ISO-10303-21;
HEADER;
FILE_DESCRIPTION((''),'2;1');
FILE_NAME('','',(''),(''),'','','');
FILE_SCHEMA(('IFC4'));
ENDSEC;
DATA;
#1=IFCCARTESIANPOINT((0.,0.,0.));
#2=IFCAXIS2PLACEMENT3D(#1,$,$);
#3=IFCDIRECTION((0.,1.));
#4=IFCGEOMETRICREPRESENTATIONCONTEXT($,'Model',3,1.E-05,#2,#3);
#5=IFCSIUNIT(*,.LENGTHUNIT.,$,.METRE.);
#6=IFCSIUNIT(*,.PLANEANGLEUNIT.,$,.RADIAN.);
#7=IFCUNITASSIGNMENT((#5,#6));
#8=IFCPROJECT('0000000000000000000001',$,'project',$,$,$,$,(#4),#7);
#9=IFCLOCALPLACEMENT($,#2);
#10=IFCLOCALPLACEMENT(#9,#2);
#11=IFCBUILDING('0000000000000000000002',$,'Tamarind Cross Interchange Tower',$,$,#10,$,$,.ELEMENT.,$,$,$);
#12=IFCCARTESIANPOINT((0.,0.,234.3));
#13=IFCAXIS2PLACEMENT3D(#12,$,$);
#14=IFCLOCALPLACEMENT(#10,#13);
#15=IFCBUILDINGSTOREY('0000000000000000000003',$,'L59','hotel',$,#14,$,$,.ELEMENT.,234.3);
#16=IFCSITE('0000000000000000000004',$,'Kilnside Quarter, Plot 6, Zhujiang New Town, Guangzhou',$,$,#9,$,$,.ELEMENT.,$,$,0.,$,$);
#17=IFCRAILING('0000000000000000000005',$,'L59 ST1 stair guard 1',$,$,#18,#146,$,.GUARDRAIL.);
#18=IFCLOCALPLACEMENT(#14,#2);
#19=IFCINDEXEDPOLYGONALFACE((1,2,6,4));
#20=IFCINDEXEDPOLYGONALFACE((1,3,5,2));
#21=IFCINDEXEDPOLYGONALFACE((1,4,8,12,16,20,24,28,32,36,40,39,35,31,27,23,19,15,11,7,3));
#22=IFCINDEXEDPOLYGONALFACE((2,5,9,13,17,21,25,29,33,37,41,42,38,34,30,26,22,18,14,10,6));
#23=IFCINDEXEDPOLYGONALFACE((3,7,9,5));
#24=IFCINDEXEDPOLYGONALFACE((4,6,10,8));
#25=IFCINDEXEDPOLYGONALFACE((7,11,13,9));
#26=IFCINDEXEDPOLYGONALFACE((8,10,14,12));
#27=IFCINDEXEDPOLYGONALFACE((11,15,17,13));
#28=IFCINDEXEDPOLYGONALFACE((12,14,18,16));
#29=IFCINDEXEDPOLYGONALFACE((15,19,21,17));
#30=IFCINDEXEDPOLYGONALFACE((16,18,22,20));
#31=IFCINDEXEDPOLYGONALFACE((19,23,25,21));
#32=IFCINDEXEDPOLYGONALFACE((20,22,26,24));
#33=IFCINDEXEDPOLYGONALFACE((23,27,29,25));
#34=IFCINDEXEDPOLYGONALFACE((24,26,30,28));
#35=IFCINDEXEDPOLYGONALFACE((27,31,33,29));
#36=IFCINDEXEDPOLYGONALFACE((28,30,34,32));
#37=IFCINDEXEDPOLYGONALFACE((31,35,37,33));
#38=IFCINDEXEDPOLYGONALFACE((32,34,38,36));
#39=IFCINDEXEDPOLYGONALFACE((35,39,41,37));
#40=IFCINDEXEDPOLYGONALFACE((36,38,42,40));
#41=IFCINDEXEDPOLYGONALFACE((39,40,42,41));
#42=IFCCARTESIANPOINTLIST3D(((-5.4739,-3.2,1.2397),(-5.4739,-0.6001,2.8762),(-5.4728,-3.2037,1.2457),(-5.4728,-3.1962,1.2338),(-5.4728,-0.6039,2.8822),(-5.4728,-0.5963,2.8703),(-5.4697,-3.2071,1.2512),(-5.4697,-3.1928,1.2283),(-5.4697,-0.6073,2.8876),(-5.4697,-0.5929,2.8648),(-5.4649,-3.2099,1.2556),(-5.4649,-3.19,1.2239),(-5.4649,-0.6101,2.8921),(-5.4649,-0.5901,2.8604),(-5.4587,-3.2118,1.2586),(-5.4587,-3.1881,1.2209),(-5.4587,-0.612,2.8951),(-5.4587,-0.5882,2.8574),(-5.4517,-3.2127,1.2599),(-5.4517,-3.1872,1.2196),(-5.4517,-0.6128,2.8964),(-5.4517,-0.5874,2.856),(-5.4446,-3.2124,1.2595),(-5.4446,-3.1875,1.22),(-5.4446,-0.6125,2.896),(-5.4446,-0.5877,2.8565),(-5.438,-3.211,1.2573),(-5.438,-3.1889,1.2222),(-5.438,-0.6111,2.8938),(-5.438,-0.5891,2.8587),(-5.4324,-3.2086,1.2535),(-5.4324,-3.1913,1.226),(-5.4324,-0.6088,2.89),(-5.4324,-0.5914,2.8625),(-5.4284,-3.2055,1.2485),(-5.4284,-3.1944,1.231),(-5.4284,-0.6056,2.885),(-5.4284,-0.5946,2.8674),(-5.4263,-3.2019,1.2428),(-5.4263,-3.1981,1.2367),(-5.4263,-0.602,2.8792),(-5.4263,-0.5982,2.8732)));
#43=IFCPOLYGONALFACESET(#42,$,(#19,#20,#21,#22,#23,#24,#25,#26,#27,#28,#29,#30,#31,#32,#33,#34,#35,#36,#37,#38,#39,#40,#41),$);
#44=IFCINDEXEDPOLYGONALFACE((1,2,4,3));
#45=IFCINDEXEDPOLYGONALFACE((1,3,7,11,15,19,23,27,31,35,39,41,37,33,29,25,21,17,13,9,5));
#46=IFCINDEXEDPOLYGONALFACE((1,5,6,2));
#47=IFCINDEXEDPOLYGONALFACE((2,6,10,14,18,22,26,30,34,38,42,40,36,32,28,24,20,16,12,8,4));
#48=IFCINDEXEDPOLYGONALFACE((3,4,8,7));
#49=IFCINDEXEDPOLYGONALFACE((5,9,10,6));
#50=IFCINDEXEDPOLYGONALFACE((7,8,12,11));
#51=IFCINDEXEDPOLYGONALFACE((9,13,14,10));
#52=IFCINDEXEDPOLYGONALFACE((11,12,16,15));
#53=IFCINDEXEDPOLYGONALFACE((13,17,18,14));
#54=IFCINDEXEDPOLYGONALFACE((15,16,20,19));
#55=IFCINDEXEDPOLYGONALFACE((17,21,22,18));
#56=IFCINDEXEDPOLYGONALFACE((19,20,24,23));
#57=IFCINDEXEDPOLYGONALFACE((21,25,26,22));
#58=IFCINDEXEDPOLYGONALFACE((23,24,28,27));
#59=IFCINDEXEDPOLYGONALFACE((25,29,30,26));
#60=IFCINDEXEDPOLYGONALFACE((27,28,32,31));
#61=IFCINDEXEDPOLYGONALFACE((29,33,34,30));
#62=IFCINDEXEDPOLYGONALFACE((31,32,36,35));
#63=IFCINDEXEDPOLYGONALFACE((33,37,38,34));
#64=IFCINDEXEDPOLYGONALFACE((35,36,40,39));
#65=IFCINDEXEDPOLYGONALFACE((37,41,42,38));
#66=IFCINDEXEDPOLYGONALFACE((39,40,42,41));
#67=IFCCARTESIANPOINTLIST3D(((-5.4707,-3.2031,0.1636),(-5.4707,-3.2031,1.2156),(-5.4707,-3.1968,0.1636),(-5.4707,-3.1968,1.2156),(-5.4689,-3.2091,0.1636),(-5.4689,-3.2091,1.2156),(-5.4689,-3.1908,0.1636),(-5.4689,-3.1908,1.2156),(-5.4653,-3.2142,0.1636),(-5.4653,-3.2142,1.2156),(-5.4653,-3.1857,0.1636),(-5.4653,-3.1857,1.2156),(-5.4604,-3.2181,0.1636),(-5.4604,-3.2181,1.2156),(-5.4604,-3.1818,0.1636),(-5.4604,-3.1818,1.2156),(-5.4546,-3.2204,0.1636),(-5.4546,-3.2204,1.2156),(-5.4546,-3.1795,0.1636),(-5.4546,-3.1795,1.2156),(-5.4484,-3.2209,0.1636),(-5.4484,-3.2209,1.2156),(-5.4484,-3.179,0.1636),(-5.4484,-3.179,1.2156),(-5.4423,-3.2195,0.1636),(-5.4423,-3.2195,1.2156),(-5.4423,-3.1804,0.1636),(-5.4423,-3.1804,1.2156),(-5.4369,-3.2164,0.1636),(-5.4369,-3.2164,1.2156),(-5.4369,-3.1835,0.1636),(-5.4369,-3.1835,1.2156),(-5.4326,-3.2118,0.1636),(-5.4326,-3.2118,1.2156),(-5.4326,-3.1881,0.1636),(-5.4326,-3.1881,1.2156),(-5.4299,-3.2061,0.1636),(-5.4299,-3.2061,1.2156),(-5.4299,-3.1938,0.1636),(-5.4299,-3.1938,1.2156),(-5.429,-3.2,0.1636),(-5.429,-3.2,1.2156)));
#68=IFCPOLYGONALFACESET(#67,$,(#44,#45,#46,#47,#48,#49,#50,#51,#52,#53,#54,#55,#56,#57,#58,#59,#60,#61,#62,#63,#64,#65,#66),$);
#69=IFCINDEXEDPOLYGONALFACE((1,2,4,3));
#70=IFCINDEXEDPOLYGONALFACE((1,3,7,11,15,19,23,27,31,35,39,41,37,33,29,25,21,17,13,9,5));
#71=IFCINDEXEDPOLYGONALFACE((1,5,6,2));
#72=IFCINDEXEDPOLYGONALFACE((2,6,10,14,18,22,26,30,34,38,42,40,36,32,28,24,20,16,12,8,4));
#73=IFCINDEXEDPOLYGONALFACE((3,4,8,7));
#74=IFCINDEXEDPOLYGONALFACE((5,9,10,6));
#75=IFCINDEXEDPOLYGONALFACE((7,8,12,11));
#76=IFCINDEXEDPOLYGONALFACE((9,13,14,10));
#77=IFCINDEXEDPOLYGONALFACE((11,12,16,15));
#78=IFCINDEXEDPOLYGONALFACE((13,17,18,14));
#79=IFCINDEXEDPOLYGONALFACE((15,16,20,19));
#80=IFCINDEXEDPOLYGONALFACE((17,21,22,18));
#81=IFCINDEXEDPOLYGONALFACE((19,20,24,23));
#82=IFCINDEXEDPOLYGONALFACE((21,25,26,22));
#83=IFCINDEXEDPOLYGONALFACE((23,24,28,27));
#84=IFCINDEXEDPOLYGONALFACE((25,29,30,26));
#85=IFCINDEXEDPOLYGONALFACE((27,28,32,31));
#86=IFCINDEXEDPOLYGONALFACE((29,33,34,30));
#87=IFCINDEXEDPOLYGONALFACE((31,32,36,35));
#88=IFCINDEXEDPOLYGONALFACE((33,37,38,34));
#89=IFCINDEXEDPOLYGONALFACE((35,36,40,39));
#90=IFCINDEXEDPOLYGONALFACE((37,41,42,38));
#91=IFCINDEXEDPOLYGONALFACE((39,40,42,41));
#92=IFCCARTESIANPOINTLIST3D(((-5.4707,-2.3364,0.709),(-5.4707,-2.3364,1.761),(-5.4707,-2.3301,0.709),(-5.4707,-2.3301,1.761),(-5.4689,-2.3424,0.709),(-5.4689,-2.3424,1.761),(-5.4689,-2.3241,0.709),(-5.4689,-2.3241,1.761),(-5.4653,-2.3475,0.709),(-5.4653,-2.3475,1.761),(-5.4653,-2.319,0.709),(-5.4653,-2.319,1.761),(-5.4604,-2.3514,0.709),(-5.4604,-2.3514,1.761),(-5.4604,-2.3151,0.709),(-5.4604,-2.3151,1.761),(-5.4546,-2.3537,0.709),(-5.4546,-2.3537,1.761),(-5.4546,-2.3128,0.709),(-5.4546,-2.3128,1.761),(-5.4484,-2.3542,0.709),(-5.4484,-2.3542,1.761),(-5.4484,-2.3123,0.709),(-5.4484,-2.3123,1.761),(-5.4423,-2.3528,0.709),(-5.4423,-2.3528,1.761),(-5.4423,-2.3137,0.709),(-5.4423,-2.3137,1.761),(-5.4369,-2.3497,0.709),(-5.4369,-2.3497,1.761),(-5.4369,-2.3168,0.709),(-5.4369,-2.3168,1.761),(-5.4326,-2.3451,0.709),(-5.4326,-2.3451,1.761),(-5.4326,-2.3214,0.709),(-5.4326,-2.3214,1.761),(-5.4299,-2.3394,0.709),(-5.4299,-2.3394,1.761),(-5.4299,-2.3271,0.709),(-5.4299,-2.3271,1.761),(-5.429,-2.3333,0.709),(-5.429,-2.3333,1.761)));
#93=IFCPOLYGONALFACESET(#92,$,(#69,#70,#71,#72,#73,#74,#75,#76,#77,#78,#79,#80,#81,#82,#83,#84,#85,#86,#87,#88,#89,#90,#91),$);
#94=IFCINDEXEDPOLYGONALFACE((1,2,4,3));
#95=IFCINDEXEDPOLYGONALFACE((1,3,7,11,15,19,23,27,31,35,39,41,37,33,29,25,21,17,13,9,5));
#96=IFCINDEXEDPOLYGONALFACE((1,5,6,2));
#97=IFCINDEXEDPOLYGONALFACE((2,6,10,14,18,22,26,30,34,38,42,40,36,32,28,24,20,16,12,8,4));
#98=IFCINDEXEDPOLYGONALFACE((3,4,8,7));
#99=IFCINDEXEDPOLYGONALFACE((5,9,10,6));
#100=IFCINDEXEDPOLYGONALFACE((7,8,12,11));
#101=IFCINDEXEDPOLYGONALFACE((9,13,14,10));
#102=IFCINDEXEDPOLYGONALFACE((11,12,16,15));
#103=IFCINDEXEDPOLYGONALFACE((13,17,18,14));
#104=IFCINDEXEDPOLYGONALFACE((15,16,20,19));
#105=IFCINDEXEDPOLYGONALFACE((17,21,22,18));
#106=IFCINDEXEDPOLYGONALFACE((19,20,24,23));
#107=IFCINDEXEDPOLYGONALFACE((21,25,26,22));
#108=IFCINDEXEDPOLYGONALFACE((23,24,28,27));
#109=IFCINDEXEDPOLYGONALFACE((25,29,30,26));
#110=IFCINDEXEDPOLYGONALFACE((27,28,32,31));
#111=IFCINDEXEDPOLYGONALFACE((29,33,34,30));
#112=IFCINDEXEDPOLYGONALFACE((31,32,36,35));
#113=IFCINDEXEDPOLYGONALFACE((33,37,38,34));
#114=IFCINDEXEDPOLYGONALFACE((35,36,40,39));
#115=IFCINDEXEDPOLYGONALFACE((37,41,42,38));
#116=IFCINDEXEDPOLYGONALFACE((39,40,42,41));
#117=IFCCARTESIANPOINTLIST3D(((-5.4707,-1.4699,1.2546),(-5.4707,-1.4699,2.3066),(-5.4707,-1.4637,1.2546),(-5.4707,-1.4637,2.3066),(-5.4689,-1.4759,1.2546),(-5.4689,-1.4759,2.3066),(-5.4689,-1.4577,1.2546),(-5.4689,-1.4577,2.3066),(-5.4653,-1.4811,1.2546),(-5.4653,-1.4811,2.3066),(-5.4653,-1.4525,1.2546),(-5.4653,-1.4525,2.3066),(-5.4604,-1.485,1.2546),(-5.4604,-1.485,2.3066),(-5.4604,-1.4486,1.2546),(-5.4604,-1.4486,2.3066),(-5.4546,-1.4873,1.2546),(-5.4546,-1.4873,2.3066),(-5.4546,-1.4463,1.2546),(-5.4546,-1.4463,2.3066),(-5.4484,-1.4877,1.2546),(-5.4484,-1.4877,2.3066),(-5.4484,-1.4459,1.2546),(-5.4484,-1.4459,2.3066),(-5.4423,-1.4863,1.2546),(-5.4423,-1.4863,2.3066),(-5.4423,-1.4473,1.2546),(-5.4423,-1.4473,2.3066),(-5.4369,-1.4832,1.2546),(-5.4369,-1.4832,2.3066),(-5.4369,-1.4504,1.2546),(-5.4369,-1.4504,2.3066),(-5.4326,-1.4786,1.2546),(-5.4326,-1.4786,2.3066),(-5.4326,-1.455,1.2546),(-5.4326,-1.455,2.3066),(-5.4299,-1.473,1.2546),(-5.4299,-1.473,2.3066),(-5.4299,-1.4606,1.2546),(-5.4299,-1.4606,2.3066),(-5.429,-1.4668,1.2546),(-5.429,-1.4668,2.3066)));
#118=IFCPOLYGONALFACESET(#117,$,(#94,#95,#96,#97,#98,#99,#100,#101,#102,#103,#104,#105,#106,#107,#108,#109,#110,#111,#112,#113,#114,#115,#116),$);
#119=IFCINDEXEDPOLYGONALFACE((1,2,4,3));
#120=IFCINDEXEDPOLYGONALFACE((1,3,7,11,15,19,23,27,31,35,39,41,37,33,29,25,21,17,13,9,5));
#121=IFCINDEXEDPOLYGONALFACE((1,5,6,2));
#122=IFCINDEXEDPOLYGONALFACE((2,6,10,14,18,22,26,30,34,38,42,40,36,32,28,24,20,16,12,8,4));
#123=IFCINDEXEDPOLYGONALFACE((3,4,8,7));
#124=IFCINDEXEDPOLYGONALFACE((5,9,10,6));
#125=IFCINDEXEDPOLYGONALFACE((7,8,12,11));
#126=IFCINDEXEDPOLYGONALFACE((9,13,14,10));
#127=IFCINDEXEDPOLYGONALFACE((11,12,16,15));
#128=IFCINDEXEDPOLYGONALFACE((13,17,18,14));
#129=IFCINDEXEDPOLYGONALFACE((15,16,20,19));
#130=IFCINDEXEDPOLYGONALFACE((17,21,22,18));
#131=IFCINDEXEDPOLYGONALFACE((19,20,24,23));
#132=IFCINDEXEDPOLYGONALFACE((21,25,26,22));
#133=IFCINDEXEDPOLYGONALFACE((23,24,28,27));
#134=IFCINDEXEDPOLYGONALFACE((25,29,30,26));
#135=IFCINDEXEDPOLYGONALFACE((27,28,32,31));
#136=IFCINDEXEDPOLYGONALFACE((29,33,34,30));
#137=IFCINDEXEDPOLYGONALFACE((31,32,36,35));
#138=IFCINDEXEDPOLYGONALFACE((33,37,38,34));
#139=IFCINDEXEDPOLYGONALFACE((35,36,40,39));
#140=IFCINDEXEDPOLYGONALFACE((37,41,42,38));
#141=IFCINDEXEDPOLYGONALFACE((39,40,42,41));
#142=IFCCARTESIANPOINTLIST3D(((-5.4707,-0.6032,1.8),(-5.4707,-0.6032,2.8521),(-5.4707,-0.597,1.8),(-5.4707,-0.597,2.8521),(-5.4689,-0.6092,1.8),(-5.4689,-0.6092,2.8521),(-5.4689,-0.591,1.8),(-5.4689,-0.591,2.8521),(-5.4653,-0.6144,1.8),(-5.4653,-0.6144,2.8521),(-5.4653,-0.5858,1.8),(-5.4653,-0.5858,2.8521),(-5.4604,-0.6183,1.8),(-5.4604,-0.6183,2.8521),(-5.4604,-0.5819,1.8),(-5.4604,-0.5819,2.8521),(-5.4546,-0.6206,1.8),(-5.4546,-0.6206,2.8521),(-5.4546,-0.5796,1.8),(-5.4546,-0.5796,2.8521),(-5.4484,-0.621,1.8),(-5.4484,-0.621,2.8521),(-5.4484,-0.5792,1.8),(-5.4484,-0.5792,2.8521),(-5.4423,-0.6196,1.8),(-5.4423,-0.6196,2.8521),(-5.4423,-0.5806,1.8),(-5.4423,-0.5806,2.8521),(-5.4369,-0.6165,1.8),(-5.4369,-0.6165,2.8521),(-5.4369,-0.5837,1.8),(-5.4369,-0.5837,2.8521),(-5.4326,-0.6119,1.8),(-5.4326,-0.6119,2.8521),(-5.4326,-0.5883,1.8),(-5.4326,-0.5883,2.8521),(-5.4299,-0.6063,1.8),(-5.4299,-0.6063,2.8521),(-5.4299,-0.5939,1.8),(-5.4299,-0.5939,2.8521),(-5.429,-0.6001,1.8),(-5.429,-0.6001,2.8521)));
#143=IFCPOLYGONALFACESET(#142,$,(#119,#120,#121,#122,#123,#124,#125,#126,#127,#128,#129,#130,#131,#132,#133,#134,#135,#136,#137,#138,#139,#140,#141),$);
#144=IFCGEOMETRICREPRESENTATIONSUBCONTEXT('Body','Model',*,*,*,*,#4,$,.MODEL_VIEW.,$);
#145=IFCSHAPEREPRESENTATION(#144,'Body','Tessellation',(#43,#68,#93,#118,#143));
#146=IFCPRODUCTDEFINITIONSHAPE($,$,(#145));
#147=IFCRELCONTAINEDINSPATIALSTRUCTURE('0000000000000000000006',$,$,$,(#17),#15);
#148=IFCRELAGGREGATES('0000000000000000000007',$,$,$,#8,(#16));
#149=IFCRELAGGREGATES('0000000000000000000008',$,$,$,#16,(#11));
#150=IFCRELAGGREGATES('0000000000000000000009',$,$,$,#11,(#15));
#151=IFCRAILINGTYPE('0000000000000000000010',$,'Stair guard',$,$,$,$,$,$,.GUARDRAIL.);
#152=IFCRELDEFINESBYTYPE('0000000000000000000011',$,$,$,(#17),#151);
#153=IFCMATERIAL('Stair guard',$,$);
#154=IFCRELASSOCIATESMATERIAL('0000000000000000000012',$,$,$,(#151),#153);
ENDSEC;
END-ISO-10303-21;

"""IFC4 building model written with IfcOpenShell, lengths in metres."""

from ifc_helpers import new_model, si_unit, direction, frame, origin, origin_2d, place, context, subcontext, project, spatial, circle, extrude, material, type_object, element, save


model = new_model("IFC4")

# Units and contexts
model_context = context("Model", 3, precision=1e-05, world=origin(), true_north=direction((0.0, 1.0)))
body_context = subcontext(model_context, "Body", "Model", "MODEL_VIEW")
ifc_project = project(units=[si_unit("LENGTHUNIT", "METRE"), si_unit("PLANEANGLEUNIT", "RADIAN")], contexts=[model_context])

# Site, building, storey
site_placement = place(None, origin())
site = spatial("IfcSite", under=ifc_project, at=site_placement, Name="Kilnside Quarter, Plot 6, Zhujiang New Town, Guangzhou", CompositionType="ELEMENT", RefElevation=0.0)
building_placement = place(site_placement, origin())
building = spatial("IfcBuilding", under=site, at=building_placement, Name="Tamarind Cross Interchange Tower", CompositionType="ELEMENT")
storey_placement = place(building_placement, frame((0.0, 0.0, 234.3)))
storey = spatial("IfcBuildingStorey", under=building, at=storey_placement, Name="L59", Description="hotel", CompositionType="ELEMENT", Elevation=234.3)

# Railing
ifc_material_1 = material(Name="Stair guard")
railing_type_1 = type_object("IfcRailingType", Name="Stair guard", PredefinedType="GUARDRAIL", material=ifc_material_1)
railing_1_placement = place(storey_placement, frame((-5.45, -3.2, 0.1636)))
element("IfcRailing", 1, at=railing_1_placement, inside=storey, type_object=railing_type_1, Name="L59 ST1 stair guard 1", PredefinedType="GUARDRAIL", context=body_context, shape_type="SweptSolid", body=[
    extrude(circle(Radius=0.0239, at=origin_2d()), frame((0.0, 0.0, 1.0762), z_axis=(0.0, 0.846302, 0.532704), x_axis=(-1.0, 0.0, 0.0)), (0.0, 0.0, 1.0), 3.072),
    extrude(circle(Radius=0.021, at=origin_2d()), origin(), (0.0, 0.0, 1.0), 1.052),
    extrude(circle(Radius=0.021, at=origin_2d()), frame((0.0, 0.8667, 0.5454)), (0.0, 0.0, 1.0), 1.052),
    extrude(circle(Radius=0.021, at=origin_2d()), frame((0.0, 1.7332, 1.0911)), (0.0, 0.0, 1.0), 1.052),
    extrude(circle(Radius=0.021, at=origin_2d()), frame((0.0, 2.5999, 1.6365)), (0.0, 0.0, 1.0), 1.052),
])

save(model, "model.ifc")
